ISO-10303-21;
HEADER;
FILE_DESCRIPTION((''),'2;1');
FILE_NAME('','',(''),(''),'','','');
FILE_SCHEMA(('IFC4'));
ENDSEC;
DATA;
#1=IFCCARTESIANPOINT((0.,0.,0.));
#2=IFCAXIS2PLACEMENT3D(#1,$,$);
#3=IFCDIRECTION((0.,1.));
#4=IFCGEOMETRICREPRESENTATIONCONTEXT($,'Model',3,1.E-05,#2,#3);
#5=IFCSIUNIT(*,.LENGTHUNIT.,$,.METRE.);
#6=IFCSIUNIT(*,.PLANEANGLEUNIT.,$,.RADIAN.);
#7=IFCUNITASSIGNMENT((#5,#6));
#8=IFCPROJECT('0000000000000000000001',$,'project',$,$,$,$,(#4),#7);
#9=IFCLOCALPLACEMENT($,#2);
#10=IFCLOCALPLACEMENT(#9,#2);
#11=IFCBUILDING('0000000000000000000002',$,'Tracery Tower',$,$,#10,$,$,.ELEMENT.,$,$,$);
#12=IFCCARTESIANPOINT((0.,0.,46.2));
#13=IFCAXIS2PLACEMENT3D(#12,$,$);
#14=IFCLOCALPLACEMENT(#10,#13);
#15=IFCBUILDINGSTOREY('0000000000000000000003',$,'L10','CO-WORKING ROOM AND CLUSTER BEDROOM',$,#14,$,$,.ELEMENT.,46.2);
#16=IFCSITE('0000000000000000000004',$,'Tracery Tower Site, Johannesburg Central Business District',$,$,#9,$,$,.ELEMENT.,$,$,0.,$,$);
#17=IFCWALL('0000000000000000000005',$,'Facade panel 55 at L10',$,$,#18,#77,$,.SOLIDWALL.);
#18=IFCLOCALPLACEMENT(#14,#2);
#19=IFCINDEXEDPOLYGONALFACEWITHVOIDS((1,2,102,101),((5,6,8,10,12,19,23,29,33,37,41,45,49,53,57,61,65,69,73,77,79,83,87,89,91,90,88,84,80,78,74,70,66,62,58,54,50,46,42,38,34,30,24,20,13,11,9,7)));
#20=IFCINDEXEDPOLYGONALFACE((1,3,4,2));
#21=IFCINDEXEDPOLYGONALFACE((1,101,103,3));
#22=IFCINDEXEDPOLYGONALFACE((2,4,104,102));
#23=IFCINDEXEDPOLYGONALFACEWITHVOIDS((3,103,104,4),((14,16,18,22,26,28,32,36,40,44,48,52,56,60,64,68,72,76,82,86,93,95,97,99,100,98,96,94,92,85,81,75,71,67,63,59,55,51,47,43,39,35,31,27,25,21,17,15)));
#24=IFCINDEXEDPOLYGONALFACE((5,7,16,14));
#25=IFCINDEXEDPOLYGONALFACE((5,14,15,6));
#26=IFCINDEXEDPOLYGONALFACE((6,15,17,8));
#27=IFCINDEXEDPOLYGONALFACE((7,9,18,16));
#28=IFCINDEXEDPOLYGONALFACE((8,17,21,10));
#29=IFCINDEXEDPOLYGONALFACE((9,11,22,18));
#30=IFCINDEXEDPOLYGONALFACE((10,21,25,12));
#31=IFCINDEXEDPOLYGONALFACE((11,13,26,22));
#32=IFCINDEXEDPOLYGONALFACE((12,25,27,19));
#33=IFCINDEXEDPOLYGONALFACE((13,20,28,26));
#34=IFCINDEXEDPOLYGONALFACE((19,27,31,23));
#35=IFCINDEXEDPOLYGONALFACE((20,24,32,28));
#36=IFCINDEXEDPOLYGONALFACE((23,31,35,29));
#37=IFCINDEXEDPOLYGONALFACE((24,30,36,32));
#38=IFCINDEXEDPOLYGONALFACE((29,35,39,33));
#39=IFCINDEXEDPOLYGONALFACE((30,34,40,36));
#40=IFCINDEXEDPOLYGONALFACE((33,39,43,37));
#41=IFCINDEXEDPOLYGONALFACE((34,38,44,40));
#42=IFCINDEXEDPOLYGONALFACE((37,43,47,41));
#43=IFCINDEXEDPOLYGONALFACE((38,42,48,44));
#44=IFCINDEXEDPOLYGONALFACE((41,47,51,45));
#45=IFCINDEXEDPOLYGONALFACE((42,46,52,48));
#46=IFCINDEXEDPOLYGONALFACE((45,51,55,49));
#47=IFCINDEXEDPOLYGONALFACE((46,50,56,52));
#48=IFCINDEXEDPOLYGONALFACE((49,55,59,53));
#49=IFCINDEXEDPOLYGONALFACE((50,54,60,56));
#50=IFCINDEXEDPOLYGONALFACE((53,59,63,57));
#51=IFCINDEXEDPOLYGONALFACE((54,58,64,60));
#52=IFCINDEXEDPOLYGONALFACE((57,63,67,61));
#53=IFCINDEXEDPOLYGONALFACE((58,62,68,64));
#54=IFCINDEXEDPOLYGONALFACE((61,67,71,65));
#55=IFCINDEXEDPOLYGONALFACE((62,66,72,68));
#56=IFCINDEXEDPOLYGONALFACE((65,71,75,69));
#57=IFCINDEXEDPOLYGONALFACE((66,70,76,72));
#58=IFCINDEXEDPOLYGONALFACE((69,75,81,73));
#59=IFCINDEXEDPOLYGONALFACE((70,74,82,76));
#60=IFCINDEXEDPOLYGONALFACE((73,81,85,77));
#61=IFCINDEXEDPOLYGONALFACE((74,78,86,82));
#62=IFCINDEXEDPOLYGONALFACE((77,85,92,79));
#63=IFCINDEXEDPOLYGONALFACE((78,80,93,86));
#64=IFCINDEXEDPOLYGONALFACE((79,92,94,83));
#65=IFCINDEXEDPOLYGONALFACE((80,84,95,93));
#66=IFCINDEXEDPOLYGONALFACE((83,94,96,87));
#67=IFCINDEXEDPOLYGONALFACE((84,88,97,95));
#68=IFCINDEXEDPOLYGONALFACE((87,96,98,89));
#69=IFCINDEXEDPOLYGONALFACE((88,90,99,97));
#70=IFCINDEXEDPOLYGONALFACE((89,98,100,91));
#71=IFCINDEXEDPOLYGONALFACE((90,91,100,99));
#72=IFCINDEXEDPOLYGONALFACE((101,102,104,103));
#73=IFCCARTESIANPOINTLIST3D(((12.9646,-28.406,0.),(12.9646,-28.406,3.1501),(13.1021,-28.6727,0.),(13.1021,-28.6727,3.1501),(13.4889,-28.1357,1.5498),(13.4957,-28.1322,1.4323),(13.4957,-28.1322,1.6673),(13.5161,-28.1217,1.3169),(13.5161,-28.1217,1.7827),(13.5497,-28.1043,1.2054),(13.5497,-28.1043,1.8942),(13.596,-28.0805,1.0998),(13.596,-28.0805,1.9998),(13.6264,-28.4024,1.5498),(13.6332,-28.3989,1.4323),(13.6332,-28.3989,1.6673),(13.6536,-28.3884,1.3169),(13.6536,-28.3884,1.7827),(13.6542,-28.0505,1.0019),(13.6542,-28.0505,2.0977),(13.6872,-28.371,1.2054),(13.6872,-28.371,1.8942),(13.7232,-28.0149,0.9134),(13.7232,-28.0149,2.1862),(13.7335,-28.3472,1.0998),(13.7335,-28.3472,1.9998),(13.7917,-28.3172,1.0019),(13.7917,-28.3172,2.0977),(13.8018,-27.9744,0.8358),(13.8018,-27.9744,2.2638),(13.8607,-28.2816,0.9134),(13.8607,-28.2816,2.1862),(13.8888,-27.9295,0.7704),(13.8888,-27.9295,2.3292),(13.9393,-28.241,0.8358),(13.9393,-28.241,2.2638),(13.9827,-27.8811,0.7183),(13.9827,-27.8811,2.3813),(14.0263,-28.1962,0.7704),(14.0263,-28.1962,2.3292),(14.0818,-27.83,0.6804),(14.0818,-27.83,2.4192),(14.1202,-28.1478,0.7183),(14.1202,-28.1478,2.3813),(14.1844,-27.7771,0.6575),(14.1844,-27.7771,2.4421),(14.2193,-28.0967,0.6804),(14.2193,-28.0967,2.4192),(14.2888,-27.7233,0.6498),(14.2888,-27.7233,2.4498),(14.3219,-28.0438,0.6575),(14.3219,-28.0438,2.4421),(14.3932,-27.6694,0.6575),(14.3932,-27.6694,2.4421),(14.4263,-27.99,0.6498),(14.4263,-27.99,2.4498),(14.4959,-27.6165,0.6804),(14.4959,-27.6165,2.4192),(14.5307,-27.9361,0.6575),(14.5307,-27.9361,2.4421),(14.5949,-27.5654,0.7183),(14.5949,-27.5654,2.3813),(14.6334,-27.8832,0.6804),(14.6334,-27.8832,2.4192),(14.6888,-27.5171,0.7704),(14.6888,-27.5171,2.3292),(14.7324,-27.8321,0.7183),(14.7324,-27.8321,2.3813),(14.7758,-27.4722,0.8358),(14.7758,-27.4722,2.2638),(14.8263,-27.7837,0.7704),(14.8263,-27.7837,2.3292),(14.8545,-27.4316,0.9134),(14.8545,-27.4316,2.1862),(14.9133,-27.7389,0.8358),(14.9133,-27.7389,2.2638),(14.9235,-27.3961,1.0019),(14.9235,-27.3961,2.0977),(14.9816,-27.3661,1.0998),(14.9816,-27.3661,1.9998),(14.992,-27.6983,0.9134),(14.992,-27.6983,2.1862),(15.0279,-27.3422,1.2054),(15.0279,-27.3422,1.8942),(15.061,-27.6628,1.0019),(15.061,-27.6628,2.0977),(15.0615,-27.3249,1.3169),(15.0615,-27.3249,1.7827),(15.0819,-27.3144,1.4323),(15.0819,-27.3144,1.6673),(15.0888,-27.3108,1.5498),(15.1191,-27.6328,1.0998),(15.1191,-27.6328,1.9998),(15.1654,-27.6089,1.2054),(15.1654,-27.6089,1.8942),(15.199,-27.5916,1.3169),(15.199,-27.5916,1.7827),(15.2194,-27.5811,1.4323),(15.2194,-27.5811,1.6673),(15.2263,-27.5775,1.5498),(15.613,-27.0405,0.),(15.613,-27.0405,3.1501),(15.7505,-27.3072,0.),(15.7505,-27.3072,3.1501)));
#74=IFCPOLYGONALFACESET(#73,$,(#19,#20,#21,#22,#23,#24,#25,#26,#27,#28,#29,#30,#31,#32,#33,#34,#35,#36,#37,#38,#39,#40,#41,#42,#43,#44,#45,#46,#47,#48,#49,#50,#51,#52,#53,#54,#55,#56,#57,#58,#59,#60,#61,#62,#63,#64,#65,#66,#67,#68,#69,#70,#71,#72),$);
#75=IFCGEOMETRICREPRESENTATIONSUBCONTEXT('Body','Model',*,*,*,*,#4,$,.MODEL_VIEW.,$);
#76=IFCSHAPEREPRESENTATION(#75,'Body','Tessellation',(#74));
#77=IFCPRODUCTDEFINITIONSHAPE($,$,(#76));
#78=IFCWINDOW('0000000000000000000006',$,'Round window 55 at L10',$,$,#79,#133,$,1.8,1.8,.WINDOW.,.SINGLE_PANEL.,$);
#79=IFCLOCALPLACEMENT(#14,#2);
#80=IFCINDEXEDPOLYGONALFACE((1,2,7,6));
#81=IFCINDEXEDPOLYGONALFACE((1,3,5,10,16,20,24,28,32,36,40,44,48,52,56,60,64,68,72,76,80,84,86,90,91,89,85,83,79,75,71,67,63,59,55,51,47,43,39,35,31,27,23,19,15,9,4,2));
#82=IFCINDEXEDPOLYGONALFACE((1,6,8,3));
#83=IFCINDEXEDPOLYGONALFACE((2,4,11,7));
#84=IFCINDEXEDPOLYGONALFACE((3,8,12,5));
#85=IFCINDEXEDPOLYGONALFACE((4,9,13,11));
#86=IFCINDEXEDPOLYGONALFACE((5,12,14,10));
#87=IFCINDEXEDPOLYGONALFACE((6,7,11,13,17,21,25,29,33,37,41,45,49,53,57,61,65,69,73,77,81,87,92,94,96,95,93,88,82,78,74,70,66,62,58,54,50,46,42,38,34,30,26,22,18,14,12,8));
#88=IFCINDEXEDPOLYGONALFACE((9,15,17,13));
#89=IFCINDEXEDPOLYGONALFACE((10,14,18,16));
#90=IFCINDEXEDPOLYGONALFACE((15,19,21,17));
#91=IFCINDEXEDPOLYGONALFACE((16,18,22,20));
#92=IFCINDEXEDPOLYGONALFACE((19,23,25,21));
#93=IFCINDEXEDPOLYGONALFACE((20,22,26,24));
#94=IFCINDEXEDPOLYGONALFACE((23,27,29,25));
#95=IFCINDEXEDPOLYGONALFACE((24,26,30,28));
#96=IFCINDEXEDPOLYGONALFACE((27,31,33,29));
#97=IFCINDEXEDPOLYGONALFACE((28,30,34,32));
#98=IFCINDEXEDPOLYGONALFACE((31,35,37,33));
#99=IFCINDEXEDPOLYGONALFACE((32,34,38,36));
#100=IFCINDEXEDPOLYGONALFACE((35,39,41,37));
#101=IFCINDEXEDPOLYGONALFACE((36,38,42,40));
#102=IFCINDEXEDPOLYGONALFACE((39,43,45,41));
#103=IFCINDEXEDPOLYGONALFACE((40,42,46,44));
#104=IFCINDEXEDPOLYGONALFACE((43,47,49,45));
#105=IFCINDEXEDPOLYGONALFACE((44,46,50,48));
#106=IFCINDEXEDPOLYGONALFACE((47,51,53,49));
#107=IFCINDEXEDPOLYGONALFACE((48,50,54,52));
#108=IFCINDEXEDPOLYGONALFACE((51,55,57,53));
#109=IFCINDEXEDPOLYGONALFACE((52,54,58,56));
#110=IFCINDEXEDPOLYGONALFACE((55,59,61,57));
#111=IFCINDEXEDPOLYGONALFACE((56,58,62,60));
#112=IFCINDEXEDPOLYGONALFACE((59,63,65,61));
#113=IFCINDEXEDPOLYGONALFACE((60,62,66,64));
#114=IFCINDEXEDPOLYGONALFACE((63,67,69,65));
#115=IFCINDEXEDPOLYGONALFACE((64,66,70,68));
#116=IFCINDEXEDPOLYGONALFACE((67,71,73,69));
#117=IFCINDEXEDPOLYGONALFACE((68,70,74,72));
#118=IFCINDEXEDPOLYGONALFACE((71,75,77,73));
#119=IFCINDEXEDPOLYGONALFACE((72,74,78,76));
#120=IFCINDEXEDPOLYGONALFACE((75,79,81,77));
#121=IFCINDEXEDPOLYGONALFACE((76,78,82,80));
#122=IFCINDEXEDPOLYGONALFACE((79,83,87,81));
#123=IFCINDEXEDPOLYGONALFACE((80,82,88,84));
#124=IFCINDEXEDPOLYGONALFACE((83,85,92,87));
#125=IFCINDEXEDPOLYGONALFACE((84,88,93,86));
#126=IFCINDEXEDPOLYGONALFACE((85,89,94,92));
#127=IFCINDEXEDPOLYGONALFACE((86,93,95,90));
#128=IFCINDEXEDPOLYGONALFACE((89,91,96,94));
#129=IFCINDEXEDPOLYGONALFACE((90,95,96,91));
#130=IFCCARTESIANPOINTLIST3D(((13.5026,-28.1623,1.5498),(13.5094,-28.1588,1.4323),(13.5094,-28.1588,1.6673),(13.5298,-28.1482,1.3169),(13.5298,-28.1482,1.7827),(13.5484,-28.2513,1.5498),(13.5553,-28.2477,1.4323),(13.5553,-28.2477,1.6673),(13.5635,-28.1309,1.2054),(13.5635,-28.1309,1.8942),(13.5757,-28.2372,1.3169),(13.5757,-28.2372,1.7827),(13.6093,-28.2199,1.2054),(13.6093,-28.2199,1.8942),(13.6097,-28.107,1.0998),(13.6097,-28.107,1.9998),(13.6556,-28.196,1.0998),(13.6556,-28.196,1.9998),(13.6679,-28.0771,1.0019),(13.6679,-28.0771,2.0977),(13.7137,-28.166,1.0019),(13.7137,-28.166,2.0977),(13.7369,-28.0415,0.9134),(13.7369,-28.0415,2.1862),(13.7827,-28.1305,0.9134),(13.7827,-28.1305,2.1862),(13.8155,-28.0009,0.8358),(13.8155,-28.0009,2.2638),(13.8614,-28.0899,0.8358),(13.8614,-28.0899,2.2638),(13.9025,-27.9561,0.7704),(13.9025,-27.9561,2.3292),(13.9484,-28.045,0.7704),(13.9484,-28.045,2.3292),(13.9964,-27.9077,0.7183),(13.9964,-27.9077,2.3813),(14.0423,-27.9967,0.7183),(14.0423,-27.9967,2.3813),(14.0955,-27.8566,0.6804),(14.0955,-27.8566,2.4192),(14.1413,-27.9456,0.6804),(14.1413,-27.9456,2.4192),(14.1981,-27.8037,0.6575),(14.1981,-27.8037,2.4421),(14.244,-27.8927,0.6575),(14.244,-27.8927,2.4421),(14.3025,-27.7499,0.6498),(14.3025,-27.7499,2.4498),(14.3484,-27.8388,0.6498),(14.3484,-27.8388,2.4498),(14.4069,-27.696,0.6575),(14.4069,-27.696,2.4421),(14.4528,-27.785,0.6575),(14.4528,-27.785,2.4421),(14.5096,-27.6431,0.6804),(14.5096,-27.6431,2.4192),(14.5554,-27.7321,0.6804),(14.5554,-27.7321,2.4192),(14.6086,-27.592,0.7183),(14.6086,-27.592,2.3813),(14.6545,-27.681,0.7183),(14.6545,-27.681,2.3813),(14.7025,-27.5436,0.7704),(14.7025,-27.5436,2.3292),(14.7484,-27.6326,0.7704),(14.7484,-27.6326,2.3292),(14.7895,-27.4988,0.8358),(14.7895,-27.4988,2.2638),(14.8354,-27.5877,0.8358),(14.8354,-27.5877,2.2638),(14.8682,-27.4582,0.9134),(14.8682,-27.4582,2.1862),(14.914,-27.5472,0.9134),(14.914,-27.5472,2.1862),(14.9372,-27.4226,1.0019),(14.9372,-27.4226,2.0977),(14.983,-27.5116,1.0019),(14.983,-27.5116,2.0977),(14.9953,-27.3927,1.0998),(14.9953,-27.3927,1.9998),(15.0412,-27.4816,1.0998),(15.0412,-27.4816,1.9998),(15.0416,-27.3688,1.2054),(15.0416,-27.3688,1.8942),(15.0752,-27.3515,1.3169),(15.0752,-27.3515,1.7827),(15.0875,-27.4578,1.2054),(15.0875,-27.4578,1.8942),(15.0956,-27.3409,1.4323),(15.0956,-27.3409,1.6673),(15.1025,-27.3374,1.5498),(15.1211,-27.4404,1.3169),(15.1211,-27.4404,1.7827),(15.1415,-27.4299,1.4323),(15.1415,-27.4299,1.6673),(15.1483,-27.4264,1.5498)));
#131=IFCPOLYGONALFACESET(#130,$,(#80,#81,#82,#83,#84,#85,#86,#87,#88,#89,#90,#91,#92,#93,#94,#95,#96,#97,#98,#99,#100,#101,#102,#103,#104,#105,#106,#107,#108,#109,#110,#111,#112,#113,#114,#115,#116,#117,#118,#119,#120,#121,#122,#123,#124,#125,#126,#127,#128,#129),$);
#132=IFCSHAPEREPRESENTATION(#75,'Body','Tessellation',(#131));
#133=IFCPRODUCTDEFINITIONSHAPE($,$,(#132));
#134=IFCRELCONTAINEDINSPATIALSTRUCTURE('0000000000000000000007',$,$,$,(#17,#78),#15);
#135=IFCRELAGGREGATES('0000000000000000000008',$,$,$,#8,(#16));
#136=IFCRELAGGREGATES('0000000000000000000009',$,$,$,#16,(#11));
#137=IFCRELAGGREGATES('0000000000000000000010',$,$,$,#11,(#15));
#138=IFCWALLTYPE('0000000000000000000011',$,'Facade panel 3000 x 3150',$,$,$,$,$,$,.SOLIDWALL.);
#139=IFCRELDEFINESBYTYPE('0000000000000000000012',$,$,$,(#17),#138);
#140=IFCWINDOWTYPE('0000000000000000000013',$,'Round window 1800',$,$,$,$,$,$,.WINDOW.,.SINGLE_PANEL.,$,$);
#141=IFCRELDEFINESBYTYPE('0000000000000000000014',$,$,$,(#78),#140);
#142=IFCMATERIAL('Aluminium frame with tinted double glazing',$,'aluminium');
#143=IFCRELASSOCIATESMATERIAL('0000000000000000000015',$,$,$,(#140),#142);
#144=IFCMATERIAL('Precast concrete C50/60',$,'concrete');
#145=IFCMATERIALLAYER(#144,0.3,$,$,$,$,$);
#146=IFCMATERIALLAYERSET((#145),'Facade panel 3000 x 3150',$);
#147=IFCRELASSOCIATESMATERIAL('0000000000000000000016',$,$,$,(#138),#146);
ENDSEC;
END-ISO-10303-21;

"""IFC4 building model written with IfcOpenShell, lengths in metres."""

from ifc_helpers import new_model, si_unit, direction, frame, frame_2d, origin, origin_2d, place, context, subcontext, project, spatial, rectangle, circle, extrude, material, layer, layer_set, type_object, element, fill, save


model = new_model("IFC4")

# Units and contexts
model_context = context("Model", 3, precision=1e-05, world=origin(), true_north=direction((0.0, 1.0)))
body_context = subcontext(model_context, "Body", "Model", "MODEL_VIEW")
ifc_project = project(units=[si_unit("LENGTHUNIT", "METRE"), si_unit("PLANEANGLEUNIT", "RADIAN")], contexts=[model_context])

# Site, building, storey
site_placement = place(None, origin())
site = spatial("IfcSite", under=ifc_project, at=site_placement, Name="Tracery Tower Site, Johannesburg Central Business District", CompositionType="ELEMENT", RefElevation=0.0)
building_placement = place(site_placement, origin())
building = spatial("IfcBuilding", under=site, at=building_placement, Name="Tracery Tower", CompositionType="ELEMENT")
storey_placement = place(building_placement, frame((0.0, 0.0, 46.2)))
storey = spatial("IfcBuildingStorey", under=building, at=storey_placement, Name="L10", Description="CO-WORKING ROOM AND CLUSTER BEDROOM", CompositionType="ELEMENT", Elevation=46.2)

# Wall, opening, window
ifc_material_1 = material(Name="Aluminium frame with tinted double glazing", Category="aluminium")
window_type = type_object("IfcWindowType", Name="Round window 1800", PartitioningType="SINGLE_PANEL", PredefinedType="WINDOW", material=ifc_material_1)
ifc_material_2 = material(Name="Precast concrete C50/60", Category="concrete")
ifc_layer_1 = layer(ifc_material_2, 0.3)
ifc_layer_set_1 = layer_set([ifc_layer_1], Name="Facade panel 3000 x 3150")
wall_type_1 = type_object("IfcWallType", Name="Facade panel 3000 x 3150", PredefinedType="SOLIDWALL", material=ifc_layer_set_1)
wall_1_placement = place(storey_placement, frame((13.0334, -28.5393, 0.0), z_axis=(0.0, 0.0, 1.0), x_axis=(0.88882, 0.458257, 0.0)))
wall_1 = element("IfcWall", 1, at=wall_1_placement, inside=storey, type_object=wall_type_1, Name="Facade panel 55 at L10", PredefinedType="SOLIDWALL", context=body_context, shape_type="SweptSolid", body=[
    extrude(rectangle(XDim=2.9797, YDim=0.3, at=frame_2d((1.4897, 0.0))), origin(), (0.0, 0.0, 1.0), 3.1501),
])
opening_1_placement = place(wall_1_placement, frame((1.4897, 0.0, 1.5498)))
opening_1 = element("IfcOpeningElement", 2, at=opening_1_placement, cuts=wall_1, PredefinedType="OPENING", context=body_context, shape_type="SweptSolid", body=[
    extrude(circle(Radius=0.9, at=origin_2d()), frame((0.0, 0.1599, 0.0), z_axis=(0.0, -1.0, 0.0), x_axis=(1.0, 0.0, 0.0)), (0.0, 0.0, 1.0), 0.3201),
])
window_1_placement = place(opening_1_placement, origin())
window_1 = element("IfcWindow", 3, at=window_1_placement, inside=storey, type_object=window_type, Name="Round window 55 at L10", OverallHeight=1.8, OverallWidth=1.8, PartitioningType="SINGLE_PANEL", PredefinedType="WINDOW", context=body_context, shape_type="SweptSolid", body=[
    extrude(circle(Radius=0.9, at=origin_2d()), frame((0.0, 0.1201, 0.0), z_axis=(0.0, -1.0, 0.0), x_axis=(1.0, 0.0, 0.0)), (0.0, 0.0, 1.0), 0.1001),
])
fill(opening_1, window_1)

save(model, "model.ifc")
